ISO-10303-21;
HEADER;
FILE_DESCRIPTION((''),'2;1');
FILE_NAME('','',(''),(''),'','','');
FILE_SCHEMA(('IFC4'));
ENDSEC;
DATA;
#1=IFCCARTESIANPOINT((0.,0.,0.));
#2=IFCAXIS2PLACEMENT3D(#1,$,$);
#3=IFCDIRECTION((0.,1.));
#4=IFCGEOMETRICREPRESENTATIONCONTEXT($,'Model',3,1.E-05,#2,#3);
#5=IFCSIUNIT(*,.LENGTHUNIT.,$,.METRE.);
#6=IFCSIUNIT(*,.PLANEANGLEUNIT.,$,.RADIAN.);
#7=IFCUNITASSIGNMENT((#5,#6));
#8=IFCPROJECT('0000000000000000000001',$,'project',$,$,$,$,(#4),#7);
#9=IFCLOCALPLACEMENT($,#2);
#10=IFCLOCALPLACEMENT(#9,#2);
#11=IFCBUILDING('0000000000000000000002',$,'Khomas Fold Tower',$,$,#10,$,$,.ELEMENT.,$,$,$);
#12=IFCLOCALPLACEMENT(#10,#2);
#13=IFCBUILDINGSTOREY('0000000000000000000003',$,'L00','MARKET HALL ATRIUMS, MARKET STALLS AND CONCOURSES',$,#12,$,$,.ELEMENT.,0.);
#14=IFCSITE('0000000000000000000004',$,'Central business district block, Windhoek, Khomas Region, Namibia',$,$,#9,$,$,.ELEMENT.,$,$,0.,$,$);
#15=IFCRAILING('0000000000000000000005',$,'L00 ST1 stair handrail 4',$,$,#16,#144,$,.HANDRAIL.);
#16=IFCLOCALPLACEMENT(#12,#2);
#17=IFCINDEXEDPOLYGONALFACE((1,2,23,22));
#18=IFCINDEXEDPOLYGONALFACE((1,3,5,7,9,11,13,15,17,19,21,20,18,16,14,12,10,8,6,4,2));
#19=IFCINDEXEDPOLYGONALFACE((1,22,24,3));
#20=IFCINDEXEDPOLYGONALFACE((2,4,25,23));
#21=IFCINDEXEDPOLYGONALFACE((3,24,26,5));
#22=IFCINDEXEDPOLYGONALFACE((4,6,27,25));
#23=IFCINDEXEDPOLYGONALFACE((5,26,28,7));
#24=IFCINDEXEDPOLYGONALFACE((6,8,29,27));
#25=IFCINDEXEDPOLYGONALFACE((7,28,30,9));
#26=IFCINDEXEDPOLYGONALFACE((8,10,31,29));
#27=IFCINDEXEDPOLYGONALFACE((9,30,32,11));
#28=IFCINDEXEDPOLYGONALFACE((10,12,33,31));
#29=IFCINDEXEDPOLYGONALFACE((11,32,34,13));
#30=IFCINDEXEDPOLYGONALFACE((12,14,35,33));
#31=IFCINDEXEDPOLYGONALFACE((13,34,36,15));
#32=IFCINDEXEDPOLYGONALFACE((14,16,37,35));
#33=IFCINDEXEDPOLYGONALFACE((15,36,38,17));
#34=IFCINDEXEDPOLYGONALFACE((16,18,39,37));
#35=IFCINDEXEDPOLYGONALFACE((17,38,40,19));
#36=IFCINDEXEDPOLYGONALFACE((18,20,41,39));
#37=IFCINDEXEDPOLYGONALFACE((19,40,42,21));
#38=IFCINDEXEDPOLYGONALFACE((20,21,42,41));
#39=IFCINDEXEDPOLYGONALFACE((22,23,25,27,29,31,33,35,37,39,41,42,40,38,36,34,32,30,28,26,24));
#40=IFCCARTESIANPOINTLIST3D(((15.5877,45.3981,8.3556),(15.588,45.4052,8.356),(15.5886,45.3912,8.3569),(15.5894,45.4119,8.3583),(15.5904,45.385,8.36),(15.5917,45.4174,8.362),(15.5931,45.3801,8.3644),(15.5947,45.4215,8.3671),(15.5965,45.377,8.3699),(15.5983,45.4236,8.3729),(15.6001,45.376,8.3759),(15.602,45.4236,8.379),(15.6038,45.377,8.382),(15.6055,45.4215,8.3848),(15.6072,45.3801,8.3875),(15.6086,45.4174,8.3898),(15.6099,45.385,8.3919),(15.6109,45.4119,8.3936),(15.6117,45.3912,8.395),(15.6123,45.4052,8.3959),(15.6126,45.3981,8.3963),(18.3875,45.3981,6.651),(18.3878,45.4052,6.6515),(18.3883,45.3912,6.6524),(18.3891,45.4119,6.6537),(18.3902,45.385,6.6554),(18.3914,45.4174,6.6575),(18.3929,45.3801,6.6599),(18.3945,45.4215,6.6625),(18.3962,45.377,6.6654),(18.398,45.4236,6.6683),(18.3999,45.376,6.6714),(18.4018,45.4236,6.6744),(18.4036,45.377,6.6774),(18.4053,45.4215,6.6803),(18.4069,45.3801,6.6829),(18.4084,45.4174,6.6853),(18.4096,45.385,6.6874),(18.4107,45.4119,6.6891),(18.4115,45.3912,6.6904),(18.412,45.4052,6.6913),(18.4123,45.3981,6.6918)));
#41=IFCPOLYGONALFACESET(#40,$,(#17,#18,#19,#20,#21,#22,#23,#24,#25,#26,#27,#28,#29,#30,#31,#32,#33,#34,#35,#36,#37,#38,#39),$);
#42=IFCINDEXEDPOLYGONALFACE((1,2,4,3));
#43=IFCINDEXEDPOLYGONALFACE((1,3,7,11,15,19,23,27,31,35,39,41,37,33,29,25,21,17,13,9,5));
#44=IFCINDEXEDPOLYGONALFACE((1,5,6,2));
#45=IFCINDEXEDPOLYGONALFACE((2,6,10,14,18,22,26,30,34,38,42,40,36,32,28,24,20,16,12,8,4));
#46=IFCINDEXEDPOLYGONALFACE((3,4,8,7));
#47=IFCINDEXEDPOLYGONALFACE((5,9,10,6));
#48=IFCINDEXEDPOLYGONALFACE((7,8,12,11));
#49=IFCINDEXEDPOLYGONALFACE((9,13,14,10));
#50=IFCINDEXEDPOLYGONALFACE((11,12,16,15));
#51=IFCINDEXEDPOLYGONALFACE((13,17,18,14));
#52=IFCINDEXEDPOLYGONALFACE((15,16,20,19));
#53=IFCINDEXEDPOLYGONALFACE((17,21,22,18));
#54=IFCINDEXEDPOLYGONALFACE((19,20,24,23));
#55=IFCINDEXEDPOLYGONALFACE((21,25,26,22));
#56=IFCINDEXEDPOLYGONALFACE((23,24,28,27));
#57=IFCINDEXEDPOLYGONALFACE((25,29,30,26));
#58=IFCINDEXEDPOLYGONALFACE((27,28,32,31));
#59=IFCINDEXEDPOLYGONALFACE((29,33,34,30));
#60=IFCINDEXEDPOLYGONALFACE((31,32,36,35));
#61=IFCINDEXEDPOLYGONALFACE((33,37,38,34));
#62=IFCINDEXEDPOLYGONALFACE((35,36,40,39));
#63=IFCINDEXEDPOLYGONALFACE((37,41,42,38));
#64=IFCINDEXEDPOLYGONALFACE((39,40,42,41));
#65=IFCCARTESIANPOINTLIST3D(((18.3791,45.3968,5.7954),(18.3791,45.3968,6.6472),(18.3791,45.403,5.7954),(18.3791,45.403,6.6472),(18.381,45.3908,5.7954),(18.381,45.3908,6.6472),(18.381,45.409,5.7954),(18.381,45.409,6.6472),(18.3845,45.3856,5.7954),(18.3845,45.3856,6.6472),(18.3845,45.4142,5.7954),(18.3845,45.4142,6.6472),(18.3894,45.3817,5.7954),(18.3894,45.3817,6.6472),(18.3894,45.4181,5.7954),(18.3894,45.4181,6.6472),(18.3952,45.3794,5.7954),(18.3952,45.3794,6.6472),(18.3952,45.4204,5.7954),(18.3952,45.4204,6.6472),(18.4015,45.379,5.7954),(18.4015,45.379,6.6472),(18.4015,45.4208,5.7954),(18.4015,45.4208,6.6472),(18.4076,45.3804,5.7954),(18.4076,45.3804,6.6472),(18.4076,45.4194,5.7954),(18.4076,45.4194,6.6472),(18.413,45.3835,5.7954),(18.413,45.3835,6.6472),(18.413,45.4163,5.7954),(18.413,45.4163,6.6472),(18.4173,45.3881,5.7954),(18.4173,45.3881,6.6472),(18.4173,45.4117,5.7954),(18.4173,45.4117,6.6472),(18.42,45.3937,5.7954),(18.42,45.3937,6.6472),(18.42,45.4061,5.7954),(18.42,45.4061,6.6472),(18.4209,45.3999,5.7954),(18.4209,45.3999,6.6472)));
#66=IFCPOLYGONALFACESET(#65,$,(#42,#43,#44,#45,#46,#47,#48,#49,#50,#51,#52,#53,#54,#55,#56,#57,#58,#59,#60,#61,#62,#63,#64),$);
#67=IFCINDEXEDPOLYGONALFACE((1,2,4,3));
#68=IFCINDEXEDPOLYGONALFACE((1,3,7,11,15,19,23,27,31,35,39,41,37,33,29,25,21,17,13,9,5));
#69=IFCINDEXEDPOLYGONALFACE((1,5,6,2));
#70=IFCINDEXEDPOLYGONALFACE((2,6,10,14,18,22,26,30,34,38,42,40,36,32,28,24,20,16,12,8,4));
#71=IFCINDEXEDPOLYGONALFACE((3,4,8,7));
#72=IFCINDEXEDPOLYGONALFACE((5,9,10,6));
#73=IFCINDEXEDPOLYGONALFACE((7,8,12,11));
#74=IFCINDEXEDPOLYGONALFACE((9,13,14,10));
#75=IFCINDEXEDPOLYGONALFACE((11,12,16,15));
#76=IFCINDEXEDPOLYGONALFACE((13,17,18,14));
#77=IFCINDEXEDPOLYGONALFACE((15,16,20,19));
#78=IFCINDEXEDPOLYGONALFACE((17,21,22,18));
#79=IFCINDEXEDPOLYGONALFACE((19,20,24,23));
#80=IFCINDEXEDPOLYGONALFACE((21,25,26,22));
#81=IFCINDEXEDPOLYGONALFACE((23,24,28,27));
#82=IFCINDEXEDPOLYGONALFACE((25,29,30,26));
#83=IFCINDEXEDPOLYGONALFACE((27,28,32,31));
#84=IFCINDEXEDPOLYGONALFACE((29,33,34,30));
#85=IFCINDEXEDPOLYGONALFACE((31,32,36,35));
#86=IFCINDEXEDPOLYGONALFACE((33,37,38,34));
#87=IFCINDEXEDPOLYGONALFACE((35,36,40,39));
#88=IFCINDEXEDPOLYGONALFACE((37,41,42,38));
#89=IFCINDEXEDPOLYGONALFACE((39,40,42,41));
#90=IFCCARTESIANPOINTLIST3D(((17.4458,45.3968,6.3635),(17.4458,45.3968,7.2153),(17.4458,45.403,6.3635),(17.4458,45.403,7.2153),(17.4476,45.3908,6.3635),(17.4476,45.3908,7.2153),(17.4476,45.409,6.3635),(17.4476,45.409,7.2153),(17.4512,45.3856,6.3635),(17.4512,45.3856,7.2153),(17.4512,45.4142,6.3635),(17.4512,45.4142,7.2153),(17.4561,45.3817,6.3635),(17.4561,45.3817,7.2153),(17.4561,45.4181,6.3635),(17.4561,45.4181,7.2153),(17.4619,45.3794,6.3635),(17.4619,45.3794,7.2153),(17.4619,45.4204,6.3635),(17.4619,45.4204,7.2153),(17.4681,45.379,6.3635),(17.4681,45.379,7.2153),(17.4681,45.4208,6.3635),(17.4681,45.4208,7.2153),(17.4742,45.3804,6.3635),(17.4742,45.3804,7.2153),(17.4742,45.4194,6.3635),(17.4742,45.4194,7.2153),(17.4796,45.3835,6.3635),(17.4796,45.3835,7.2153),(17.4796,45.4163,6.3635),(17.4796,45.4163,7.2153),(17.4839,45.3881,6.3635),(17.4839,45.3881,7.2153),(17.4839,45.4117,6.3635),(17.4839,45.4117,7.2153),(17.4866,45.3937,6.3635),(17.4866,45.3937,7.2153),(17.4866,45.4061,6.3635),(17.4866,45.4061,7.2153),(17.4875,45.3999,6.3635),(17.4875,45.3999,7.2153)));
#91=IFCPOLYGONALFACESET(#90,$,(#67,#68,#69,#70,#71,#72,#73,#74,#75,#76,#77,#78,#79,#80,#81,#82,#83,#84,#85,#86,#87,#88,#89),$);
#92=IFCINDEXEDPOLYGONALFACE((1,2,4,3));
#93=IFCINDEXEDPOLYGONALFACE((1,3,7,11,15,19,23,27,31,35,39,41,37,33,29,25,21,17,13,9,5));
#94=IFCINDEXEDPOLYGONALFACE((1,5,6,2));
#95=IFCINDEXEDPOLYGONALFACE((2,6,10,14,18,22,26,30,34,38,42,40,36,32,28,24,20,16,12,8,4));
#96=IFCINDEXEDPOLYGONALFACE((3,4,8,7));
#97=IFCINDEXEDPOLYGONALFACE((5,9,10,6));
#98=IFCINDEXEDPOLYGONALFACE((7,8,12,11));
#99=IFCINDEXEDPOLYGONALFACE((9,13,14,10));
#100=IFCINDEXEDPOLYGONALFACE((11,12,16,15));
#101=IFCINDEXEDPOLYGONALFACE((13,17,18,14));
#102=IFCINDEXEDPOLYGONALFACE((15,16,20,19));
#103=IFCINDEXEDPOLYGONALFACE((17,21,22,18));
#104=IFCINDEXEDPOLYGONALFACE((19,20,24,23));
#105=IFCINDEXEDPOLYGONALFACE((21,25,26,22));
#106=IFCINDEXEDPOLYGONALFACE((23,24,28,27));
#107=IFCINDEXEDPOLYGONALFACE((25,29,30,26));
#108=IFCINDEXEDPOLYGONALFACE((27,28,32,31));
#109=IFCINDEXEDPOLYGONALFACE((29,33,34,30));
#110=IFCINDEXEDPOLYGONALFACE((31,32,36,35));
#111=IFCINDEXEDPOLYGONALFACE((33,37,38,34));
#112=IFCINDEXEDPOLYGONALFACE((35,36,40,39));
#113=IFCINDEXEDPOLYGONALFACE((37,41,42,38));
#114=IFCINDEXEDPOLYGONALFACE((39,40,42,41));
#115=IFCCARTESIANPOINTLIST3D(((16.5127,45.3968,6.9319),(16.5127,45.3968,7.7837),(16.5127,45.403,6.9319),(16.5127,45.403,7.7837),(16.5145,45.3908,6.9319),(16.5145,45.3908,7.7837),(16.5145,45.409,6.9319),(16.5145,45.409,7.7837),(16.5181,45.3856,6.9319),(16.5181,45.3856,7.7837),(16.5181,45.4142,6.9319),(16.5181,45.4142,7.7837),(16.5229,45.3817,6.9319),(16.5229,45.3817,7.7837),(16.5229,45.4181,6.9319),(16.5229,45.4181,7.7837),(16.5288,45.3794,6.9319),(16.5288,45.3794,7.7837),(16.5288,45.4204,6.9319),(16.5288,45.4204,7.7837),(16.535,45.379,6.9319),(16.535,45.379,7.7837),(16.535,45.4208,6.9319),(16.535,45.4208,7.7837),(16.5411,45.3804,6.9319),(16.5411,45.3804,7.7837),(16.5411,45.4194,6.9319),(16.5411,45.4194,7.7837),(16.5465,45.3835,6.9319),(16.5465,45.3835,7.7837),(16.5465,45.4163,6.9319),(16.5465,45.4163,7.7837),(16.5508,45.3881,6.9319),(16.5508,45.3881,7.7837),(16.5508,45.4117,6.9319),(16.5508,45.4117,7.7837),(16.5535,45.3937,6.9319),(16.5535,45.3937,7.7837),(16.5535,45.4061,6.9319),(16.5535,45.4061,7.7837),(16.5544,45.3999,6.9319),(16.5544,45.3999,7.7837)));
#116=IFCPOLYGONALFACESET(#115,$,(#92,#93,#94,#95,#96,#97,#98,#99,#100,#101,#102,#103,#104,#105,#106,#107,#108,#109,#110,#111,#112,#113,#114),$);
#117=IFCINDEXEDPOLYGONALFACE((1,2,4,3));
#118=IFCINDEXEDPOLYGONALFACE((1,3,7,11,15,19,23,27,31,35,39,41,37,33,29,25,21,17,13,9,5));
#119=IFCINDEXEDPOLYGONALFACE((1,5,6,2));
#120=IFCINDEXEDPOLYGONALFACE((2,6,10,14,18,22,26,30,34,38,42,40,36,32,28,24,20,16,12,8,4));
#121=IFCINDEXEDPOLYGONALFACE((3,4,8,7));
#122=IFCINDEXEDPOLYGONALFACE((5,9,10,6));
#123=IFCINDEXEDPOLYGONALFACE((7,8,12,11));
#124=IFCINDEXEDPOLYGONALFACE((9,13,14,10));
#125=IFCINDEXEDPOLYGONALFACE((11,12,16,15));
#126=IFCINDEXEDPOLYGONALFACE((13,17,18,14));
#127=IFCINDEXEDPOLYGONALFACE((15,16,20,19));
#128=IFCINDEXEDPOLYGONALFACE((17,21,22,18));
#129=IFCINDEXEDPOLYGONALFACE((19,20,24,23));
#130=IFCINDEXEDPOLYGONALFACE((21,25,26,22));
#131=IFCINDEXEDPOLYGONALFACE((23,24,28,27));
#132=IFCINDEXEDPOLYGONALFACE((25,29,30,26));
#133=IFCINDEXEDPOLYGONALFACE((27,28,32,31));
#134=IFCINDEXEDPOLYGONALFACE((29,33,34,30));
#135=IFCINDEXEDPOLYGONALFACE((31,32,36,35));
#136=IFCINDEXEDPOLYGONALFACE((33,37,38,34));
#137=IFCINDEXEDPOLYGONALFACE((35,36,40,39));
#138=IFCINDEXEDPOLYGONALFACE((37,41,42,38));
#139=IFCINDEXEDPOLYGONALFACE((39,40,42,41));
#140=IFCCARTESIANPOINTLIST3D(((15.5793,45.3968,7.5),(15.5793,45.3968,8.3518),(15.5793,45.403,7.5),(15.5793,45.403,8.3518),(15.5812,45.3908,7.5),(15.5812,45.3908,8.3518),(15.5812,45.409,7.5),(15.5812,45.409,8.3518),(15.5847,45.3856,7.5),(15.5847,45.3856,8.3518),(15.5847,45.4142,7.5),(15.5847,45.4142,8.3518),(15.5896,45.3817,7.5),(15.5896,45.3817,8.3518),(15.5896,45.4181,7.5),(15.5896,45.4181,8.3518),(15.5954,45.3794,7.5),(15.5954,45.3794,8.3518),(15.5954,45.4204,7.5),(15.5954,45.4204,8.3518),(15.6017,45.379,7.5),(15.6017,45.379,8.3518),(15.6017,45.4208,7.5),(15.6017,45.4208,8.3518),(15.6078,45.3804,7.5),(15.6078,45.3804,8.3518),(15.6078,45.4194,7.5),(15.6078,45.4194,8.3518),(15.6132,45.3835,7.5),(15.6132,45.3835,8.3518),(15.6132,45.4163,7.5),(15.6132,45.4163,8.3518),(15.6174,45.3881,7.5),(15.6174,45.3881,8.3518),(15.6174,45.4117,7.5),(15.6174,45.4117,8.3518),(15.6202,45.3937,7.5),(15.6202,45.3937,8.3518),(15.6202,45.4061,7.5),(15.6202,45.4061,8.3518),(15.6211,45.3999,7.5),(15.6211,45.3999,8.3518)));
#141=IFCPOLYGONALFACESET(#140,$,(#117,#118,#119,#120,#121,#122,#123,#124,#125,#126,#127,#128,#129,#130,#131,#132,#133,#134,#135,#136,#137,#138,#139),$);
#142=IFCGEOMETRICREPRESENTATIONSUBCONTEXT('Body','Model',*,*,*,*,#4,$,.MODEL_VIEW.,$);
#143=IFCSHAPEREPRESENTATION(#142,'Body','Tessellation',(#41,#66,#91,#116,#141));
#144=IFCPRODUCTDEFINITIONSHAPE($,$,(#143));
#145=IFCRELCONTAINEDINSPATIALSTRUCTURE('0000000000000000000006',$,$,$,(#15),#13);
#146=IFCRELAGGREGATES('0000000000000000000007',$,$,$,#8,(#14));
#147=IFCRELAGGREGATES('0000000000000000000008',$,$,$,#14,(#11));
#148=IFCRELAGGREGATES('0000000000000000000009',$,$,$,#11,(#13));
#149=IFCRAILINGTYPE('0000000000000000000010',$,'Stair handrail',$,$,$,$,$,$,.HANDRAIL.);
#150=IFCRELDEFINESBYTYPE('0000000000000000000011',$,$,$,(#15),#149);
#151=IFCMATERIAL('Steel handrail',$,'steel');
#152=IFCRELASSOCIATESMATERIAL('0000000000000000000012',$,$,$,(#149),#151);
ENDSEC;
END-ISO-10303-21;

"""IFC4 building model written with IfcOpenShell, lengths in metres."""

from ifc_helpers import new_model, si_unit, direction, frame, origin, origin_2d, place, context, subcontext, project, spatial, circle, extrude, source, transform, mapped, material, type_object, element, save


model = new_model("IFC4")

# Units and contexts
model_context = context("Model", 3, precision=1e-05, world=origin(), true_north=direction((0.0, 1.0)))
body_context = subcontext(model_context, "Body", "Model", "MODEL_VIEW")
ifc_project = project(units=[si_unit("LENGTHUNIT", "METRE"), si_unit("PLANEANGLEUNIT", "RADIAN")], contexts=[model_context])

# Site, building, storey
site_placement = place(None, origin())
site = spatial("IfcSite", under=ifc_project, at=site_placement, Name="Central business district block, Windhoek, Khomas Region, Namibia", CompositionType="ELEMENT", RefElevation=0.0)
building_placement = place(site_placement, origin())
building = spatial("IfcBuilding", under=site, at=building_placement, Name="Khomas Fold Tower", CompositionType="ELEMENT")
storey_placement = place(building_placement, origin())
storey = spatial("IfcBuildingStorey", under=building, at=storey_placement, Name="L00", Description="MARKET HALL ATRIUMS, MARKET STALLS AND CONCOURSES", CompositionType="ELEMENT", Elevation=0.0)

# Railing
ifc_material_1 = material(Name="Steel handrail", Category="steel")
railing_type = type_object("IfcRailingType", Name="Stair handrail", PredefinedType="HANDRAIL", material=ifc_material_1)
shared_shape_1 = source(origin(), body_context, "Body", "SweptSolid", [
    extrude(circle(Radius=0.0239, at=origin_2d()), frame((0.0, 0.0, 0.876), z_axis=(-0.85415, 0.0, 0.520027), x_axis=(0.0, -1.0, 0.0)), (0.0, 0.0, 1.0), 3.2778),
    extrude(circle(Radius=0.021, at=origin_2d()), origin(), (0.0, 0.0, 1.0), 0.8518),
    extrude(circle(Radius=0.021, at=origin_2d()), frame((-0.9333, 0.0, 0.5681)), (0.0, 0.0, 1.0), 0.8518),
    extrude(circle(Radius=0.021, at=origin_2d()), frame((-1.8665, 0.0, 1.1365)), (0.0, 0.0, 1.0), 0.8518),
    extrude(circle(Radius=0.021, at=origin_2d()), frame((-2.7998, 0.0, 1.7046)), (0.0, 0.0, 1.0), 0.8518),
])
for number, where, name in (
    (1, (18.3999, 45.3999, 5.7954), "L00 ST1 stair handrail 4"),
):
    element("IfcRailing", number, at=place(storey_placement, frame(where)), inside=storey, type_object=railing_type, Name=name, PredefinedType="HANDRAIL", context=body_context, shape_type="MappedRepresentation", body=[
        mapped(shared_shape_1, transform((0.0, 0.0, 0.0))),
    ])

save(model, "model.ifc")
